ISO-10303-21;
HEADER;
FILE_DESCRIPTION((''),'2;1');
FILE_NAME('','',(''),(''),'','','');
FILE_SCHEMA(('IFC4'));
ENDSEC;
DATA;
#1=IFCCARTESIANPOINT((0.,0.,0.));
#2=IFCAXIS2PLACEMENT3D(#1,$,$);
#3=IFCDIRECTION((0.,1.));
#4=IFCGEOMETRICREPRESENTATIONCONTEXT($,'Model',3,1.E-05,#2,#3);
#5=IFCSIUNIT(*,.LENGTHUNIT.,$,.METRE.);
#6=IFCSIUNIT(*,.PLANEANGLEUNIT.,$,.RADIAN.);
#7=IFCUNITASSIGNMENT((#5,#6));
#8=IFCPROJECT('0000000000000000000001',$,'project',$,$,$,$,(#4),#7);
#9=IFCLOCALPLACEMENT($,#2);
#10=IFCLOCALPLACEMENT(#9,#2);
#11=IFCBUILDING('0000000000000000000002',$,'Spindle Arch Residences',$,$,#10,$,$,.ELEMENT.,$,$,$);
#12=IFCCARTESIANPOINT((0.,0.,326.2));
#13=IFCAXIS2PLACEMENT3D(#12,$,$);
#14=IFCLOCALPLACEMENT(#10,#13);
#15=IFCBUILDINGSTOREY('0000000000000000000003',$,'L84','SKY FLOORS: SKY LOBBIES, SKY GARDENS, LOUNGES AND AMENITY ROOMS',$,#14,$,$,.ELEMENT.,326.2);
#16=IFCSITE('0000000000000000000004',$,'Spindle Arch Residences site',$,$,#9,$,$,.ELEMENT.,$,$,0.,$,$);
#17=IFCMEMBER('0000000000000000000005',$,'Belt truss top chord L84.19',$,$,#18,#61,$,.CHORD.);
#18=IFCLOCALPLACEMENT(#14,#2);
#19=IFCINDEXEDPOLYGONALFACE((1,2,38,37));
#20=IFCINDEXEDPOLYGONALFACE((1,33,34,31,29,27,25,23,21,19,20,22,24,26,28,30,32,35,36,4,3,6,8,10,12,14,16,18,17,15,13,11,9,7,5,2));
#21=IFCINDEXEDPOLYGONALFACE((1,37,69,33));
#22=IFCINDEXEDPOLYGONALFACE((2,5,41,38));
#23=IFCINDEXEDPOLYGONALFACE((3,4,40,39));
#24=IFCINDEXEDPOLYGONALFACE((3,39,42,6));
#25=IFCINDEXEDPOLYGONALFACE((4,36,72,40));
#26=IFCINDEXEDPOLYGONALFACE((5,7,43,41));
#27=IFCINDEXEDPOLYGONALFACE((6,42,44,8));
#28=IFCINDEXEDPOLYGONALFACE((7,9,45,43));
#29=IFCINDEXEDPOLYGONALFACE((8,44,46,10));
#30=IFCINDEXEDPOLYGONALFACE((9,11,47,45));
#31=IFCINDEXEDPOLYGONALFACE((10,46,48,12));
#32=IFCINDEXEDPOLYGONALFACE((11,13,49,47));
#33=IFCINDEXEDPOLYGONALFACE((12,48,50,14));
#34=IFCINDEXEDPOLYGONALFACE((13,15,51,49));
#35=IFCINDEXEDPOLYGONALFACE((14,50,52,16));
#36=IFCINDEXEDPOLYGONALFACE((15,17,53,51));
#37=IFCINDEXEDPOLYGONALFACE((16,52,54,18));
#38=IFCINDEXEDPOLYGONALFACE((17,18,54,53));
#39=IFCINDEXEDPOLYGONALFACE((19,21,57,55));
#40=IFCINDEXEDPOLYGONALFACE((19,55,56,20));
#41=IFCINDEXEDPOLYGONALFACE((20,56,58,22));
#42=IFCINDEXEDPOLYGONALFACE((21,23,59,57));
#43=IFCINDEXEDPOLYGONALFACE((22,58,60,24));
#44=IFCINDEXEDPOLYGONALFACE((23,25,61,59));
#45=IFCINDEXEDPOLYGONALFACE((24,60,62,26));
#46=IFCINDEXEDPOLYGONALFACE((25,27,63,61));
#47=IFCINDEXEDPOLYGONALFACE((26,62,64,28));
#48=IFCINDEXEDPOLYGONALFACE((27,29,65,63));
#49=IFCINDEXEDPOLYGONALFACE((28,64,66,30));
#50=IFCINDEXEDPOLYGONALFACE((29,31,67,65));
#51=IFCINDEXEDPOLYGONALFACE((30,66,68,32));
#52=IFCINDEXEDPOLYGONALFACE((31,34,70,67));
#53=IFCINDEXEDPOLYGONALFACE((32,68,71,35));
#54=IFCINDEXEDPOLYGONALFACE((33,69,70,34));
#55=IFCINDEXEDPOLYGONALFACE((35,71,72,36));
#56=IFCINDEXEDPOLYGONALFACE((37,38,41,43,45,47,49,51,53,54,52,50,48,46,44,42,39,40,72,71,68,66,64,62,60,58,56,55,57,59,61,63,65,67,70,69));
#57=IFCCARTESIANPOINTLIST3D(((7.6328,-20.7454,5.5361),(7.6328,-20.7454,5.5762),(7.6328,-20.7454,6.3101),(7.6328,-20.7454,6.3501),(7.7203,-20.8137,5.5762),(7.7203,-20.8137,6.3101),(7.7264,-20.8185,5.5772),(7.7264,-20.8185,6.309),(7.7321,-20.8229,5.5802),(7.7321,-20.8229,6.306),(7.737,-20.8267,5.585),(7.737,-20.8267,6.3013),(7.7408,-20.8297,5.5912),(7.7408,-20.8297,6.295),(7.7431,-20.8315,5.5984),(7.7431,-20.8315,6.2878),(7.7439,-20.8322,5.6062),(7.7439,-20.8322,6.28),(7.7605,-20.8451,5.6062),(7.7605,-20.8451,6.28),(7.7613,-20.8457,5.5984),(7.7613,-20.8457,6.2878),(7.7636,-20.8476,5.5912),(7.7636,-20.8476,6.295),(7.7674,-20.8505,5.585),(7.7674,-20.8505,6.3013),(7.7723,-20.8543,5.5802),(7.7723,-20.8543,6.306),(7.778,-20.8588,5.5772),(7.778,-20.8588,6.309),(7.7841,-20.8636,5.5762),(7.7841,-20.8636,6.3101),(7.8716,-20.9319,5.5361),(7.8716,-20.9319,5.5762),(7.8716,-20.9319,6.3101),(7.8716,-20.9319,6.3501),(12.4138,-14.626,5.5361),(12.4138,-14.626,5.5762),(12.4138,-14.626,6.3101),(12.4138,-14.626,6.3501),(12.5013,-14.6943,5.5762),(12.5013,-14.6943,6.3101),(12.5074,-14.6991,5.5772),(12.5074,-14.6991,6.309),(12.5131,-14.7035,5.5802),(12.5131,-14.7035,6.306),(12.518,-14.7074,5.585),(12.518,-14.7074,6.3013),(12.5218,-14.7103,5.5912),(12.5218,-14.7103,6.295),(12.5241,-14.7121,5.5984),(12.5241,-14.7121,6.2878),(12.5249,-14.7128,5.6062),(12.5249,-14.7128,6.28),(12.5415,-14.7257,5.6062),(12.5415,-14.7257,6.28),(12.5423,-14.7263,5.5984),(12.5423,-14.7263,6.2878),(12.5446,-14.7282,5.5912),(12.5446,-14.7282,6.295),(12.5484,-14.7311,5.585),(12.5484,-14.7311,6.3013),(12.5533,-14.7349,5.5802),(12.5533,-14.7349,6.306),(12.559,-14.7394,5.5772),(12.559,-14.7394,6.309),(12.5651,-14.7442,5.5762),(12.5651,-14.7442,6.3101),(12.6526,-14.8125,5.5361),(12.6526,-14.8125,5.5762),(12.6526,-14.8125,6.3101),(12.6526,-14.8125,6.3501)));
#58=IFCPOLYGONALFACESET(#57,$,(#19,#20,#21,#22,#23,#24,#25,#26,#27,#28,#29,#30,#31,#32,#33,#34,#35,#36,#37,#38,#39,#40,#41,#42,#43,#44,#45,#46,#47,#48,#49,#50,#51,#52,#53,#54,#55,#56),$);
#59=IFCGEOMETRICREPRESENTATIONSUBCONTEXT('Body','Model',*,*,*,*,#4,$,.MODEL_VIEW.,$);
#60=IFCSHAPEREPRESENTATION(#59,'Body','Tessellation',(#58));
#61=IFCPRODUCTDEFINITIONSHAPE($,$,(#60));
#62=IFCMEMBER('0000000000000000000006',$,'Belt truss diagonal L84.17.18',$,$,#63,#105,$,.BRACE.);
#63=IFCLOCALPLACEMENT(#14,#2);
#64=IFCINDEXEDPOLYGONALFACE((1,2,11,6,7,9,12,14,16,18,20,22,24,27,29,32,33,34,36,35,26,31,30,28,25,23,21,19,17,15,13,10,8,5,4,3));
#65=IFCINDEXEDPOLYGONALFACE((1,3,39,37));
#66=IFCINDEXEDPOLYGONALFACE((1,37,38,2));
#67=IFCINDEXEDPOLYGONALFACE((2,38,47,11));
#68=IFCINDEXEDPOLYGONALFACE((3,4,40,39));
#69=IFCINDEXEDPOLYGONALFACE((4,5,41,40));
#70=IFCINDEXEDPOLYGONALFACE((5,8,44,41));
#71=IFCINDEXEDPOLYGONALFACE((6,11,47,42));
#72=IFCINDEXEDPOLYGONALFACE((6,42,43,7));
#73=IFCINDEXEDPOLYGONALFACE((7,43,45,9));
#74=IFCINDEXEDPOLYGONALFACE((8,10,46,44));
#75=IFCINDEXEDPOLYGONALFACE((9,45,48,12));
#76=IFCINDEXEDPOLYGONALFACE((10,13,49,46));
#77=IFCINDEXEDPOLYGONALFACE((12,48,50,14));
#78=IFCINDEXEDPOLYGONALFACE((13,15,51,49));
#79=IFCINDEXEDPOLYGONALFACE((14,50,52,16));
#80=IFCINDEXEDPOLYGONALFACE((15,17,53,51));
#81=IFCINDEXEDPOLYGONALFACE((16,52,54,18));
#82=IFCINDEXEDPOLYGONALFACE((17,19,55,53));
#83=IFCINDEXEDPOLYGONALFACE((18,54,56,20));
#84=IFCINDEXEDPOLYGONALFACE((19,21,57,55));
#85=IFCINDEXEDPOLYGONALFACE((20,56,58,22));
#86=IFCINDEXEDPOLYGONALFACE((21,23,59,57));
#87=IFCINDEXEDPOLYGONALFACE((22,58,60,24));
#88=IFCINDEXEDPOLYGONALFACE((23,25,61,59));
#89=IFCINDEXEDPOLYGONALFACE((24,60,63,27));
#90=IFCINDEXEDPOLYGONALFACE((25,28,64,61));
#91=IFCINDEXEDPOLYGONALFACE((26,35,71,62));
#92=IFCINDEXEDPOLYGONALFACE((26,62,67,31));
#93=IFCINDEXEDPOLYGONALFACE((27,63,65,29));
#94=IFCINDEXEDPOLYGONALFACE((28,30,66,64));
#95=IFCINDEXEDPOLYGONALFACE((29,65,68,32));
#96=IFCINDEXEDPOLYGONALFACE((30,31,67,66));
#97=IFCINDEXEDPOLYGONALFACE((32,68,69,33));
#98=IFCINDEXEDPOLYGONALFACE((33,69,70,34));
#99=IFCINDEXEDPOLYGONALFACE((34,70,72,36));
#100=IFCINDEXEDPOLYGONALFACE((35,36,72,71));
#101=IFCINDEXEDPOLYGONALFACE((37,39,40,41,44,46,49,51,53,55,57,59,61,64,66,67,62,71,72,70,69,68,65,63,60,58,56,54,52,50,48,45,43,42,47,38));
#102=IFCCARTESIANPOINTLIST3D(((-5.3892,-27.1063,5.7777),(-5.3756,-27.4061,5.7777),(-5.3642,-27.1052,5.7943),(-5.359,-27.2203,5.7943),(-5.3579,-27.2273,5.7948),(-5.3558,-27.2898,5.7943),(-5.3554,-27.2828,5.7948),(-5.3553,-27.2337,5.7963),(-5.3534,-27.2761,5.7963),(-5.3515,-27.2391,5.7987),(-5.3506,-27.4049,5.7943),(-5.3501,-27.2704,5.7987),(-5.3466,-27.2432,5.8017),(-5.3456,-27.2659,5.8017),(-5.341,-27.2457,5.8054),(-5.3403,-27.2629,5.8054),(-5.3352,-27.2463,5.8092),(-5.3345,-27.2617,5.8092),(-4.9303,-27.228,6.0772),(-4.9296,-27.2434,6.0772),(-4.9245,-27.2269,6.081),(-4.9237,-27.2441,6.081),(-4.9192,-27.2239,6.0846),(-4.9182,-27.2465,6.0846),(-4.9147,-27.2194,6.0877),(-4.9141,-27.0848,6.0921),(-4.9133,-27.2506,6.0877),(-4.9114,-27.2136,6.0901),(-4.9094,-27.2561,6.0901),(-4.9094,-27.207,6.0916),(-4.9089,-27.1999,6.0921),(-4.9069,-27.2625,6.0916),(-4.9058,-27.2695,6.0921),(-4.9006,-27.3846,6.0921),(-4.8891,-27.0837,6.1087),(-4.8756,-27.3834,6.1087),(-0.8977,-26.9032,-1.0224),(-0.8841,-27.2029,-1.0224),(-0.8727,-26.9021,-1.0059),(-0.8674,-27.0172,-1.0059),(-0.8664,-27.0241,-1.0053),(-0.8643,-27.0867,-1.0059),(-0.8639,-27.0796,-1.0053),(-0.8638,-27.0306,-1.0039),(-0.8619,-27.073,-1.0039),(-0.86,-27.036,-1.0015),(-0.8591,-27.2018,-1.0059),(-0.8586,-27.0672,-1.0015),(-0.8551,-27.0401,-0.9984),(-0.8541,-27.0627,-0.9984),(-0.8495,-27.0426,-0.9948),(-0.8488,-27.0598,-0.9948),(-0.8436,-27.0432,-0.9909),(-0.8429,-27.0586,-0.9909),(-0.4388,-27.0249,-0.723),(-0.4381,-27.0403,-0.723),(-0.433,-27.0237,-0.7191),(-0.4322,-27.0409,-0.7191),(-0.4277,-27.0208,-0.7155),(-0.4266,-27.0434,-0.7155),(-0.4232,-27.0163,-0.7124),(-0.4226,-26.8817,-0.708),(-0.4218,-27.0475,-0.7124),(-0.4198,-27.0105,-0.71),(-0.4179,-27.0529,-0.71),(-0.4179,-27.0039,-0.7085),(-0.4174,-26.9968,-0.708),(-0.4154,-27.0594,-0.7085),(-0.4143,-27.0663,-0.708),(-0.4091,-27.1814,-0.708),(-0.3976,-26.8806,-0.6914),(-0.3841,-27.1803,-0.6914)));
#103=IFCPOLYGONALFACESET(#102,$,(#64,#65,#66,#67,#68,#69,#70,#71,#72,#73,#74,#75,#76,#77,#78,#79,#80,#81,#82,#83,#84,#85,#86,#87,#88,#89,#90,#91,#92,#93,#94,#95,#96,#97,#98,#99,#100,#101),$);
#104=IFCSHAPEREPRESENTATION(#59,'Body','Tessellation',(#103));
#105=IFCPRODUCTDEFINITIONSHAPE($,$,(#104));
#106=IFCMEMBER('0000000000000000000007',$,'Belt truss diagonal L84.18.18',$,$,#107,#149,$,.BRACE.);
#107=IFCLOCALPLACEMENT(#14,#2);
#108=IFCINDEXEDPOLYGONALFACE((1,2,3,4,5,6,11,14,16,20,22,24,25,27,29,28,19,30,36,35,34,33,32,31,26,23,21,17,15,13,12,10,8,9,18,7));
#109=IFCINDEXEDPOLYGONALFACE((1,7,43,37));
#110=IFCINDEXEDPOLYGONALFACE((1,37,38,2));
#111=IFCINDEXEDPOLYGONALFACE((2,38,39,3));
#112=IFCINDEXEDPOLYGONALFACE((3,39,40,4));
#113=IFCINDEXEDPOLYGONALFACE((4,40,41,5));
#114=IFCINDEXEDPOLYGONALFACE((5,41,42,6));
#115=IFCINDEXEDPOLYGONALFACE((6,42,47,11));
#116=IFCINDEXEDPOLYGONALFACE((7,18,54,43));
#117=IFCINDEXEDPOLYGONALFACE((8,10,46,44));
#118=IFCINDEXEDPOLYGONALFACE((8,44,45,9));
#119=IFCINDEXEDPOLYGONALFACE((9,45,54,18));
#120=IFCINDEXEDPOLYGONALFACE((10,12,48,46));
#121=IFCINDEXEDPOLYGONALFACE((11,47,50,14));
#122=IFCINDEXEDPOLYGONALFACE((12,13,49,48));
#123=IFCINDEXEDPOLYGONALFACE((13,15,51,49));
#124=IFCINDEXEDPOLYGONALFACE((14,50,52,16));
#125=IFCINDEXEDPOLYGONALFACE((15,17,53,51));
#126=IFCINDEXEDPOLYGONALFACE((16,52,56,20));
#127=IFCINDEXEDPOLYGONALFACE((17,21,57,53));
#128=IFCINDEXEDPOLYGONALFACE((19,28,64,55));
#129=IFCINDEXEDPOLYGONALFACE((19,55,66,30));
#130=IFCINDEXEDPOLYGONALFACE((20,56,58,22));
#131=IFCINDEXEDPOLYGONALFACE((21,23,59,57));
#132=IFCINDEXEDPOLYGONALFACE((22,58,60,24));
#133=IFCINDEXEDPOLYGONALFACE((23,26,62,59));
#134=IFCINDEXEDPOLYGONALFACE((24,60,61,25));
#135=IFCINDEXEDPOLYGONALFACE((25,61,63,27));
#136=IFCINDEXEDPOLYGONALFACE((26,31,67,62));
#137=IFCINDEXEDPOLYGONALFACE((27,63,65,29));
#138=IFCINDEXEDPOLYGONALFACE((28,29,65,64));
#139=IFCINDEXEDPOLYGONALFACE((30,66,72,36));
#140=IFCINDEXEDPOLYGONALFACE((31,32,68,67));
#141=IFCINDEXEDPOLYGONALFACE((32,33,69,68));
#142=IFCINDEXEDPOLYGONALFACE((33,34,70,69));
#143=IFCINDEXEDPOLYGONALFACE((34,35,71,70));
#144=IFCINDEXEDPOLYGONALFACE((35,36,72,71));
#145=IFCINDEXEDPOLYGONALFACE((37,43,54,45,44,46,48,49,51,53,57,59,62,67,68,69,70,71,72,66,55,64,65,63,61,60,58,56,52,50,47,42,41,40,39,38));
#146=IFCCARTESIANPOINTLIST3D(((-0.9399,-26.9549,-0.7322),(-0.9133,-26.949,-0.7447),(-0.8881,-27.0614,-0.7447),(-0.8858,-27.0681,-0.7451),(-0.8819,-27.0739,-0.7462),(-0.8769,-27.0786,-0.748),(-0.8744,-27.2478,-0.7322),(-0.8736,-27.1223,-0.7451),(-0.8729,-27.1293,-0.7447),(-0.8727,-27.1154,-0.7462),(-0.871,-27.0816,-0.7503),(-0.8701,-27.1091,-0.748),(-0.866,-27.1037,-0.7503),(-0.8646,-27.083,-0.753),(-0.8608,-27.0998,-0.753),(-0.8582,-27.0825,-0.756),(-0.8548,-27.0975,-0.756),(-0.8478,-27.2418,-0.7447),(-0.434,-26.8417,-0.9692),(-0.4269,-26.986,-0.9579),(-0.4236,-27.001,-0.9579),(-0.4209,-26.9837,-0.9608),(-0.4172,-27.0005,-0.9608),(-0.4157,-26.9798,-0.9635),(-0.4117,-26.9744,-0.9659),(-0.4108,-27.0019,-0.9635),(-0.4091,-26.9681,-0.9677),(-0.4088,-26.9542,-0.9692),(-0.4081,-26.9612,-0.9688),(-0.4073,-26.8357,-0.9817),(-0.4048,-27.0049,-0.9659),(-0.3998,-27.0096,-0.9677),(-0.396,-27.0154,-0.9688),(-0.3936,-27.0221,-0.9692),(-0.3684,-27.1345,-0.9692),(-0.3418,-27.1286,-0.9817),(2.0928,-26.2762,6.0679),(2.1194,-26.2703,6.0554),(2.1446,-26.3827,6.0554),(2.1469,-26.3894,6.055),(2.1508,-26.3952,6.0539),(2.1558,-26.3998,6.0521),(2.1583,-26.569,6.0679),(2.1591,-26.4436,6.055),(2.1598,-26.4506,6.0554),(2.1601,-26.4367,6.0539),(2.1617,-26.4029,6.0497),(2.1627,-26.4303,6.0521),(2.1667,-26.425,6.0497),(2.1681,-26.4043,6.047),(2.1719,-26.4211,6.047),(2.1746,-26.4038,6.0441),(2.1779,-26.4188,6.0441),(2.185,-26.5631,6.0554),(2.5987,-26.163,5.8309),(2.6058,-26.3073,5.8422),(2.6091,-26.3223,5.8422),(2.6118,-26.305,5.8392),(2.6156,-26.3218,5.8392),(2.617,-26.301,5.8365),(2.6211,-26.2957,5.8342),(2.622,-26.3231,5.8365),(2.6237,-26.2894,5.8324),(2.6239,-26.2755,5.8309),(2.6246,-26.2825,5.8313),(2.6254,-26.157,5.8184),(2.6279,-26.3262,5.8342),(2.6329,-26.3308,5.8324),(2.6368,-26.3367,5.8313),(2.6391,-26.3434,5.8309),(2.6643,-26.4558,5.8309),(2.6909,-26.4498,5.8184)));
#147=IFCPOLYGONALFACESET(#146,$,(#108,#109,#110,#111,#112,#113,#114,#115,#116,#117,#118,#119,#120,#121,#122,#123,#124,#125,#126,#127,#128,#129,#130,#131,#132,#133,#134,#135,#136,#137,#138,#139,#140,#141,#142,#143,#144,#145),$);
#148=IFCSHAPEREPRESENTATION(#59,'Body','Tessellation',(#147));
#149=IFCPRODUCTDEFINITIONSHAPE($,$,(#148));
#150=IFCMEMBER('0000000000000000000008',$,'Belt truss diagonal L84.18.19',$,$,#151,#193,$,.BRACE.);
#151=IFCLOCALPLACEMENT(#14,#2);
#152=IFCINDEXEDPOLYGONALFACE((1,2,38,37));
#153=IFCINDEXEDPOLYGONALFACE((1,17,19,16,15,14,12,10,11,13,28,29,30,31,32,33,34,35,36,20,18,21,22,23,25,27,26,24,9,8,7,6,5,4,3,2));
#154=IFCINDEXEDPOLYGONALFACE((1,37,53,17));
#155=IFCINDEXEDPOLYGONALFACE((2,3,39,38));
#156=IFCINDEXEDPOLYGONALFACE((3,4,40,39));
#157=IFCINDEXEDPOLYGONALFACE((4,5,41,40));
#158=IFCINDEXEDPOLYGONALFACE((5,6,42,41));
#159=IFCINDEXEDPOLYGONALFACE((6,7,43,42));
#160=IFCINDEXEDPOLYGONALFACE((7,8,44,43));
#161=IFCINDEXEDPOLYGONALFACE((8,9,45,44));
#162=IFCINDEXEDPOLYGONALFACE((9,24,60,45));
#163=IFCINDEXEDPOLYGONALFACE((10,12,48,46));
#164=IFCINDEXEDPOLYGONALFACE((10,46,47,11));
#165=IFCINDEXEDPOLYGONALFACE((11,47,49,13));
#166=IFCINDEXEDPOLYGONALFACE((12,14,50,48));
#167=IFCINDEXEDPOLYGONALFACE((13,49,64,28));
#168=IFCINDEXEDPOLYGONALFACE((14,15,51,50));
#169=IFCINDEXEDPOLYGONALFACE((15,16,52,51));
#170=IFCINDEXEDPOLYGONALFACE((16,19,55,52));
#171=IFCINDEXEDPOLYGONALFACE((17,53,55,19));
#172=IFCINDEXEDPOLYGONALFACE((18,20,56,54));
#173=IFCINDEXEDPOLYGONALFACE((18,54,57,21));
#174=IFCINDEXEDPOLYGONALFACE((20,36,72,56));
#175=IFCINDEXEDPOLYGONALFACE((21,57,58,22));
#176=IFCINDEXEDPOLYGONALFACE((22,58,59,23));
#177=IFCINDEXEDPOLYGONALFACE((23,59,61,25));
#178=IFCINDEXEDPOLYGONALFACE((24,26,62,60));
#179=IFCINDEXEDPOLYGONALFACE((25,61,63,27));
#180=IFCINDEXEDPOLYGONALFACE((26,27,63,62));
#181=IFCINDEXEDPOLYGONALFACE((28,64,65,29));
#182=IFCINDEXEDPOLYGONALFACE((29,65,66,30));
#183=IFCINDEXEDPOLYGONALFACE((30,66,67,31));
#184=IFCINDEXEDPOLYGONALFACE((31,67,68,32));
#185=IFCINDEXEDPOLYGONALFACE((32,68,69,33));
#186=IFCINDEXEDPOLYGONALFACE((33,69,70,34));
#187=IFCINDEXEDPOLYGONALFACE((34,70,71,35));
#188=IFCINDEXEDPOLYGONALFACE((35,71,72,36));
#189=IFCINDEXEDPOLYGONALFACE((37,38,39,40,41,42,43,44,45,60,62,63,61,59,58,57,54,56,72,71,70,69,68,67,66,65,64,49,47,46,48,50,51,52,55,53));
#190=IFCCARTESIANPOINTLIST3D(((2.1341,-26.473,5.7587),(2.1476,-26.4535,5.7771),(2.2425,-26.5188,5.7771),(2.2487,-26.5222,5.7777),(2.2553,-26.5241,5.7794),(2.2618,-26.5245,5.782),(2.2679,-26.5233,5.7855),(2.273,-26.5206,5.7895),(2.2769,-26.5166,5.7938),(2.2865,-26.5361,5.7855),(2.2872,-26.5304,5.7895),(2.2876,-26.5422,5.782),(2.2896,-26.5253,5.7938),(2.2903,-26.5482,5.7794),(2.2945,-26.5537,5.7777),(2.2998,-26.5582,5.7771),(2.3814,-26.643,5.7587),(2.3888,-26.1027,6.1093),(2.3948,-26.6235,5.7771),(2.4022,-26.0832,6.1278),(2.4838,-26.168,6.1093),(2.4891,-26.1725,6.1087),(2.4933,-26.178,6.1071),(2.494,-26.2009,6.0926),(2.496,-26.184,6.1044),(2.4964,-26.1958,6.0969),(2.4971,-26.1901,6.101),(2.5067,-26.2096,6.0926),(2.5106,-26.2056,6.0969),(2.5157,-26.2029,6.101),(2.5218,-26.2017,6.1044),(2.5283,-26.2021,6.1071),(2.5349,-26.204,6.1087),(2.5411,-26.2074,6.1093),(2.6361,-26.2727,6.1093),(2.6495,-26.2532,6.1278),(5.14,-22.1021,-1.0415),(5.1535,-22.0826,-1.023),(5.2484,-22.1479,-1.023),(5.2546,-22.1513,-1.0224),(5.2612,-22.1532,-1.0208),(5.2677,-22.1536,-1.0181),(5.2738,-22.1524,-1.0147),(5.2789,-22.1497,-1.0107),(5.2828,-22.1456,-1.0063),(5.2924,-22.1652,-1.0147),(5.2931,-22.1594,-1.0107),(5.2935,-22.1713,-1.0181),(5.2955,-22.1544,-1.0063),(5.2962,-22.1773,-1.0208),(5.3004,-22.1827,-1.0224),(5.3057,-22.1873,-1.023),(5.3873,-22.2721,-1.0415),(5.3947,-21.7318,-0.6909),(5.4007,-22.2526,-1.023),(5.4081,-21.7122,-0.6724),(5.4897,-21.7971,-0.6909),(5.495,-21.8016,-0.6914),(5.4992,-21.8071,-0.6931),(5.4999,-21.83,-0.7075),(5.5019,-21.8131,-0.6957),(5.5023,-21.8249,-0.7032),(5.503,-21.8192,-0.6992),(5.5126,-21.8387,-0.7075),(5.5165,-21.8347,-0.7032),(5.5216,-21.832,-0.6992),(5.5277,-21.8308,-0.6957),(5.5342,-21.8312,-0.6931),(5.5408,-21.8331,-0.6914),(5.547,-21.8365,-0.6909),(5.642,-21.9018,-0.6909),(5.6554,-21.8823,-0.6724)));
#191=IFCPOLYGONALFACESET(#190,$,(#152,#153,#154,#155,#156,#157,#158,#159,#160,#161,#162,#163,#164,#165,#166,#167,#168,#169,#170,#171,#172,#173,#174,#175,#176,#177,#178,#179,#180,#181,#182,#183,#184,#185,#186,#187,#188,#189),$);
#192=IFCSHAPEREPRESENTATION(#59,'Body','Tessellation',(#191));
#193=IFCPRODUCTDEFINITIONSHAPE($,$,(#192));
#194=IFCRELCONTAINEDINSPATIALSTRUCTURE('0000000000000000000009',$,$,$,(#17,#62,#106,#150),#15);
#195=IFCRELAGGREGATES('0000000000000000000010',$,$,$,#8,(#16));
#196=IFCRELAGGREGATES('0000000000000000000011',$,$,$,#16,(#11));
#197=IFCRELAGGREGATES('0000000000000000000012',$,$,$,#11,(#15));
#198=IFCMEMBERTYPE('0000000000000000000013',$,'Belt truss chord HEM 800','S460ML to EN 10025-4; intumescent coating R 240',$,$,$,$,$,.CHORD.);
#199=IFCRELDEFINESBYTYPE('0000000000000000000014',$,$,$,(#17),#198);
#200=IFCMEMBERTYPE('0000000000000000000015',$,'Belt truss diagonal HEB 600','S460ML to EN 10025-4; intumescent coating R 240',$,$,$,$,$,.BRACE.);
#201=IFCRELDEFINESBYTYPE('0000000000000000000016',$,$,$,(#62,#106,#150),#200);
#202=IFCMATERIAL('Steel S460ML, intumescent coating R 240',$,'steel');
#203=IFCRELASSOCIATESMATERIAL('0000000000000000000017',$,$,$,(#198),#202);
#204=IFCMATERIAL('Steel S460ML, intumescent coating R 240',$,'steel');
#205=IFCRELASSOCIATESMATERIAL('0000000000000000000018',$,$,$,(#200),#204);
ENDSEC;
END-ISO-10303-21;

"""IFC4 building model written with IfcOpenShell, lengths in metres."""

from ifc_helpers import new_model, si_unit, direction, frame, origin, origin_2d, place, context, subcontext, project, spatial, i_section, extrude, material, material_profile, profile_set, type_object, element, save


model = new_model("IFC4")

# Units and contexts
model_context = context("Model", 3, precision=1e-05, world=origin(), true_north=direction((0.0, 1.0)))
body_context = subcontext(model_context, "Body", "Model", "MODEL_VIEW")
ifc_project = project(units=[si_unit("LENGTHUNIT", "METRE"), si_unit("PLANEANGLEUNIT", "RADIAN")], contexts=[model_context])

# Site, building, storey
site_placement = place(None, origin())
site = spatial("IfcSite", under=ifc_project, at=site_placement, Name="Spindle Arch Residences site", CompositionType="ELEMENT", RefElevation=0.0)
building_placement = place(site_placement, origin())
building = spatial("IfcBuilding", under=site, at=building_placement, Name="Spindle Arch Residences", CompositionType="ELEMENT")
storey_placement = place(building_placement, frame((0.0, 0.0, 326.2)))
storey = spatial("IfcBuildingStorey", under=building, at=storey_placement, Name="L84", Description="SKY FLOORS: SKY LOBBIES, SKY GARDENS, LOUNGES AND AMENITY ROOMS", CompositionType="ELEMENT", Elevation=326.2)

# Members
ifc_material_1 = material(Name="Steel S460ML, intumescent coating R 240", Category="steel")
ifc_material_profile_1 = material_profile(ifc_material_1, i_section(OverallWidth=0.303, OverallDepth=0.814, WebThickness=0.021, FlangeThickness=0.04, FilletRadius=0.03, at=origin_2d()), Name="HEM 800")
ifc_profile_set_1 = profile_set([ifc_material_profile_1], Name="Steel S460ML, intumescent coating R 240")
member_type_1 = type_object("IfcMemberType", Name="Belt truss chord HEM 800", Description="S460ML to EN 10025-4; intumescent coating R 240", PredefinedType="CHORD", material=ifc_profile_set_1)
member_1_placement = place(storey_placement, frame((7.7522, -20.8386, 5.9431), z_axis=(0.615663, 0.78801, 0.0), x_axis=(-0.78801, 0.615663, 0.0)))
element("IfcMember", 1, at=member_1_placement, inside=storey, type_object=member_type_1, Name="Belt truss top chord L84.19", PredefinedType="CHORD", context=body_context, shape_type="SweptSolid", body=[
    extrude(i_section(OverallWidth=0.303, OverallDepth=0.814, WebThickness=0.021, FlangeThickness=0.04, FilletRadius=0.03, at=origin_2d()), origin(), (0.0, 0.0, 1.0), 7.7656),
])
ifc_material_2 = material(Name="Steel S460ML, intumescent coating R 240", Category="steel")
ifc_material_profile_2 = material_profile(ifc_material_2, i_section(OverallWidth=0.3, OverallDepth=0.6001, WebThickness=0.0154, FlangeThickness=0.03, FilletRadius=0.0271, at=origin_2d()), Name="HEB 600")
ifc_profile_set_2 = profile_set([ifc_material_profile_2], Name="Steel S460ML, intumescent coating R 240")
member_type_2 = type_object("IfcMemberType", Name="Belt truss diagonal HEB 600", Description="S460ML to EN 10025-4; intumescent coating R 240", PredefinedType="BRACE", material=ifc_profile_set_2)
member_2_placement = place(storey_placement, frame((-0.6409, -27.0417, -0.8569), z_axis=(-0.550964, -0.024917, 0.834157), x_axis=(0.045179, -0.998979, 0.0)))
element("IfcMember", 2, at=member_2_placement, inside=storey, type_object=member_type_2, Name="Belt truss diagonal L84.17.18", PredefinedType="BRACE", context=body_context, shape_type="SweptSolid", body=[
    extrude(i_section(OverallWidth=0.3, OverallDepth=0.6001, WebThickness=0.0154, FlangeThickness=0.03, FilletRadius=0.0271, at=origin_2d()), origin(), (0.0, 0.0, 1.0), 8.1521),
])
member_3_placement = place(storey_placement, frame((-0.6409, -27.0417, -0.8569), z_axis=(0.405631, 0.090779, 0.909518), x_axis=(-0.218394, 0.975861, 0.0)))
element("IfcMember", 3, at=member_3_placement, inside=storey, type_object=member_type_2, Name="Belt truss diagonal L84.18.18", PredefinedType="BRACE", context=body_context, shape_type="SweptSolid", body=[
    extrude(i_section(OverallWidth=0.3, OverallDepth=0.6001, WebThickness=0.0154, FlangeThickness=0.03, FilletRadius=0.0271, at=origin_2d()), origin(), (0.0, 0.0, 1.0), 7.4766),
])
member_4_placement = place(storey_placement, frame((5.3977, -21.9922, -0.8569), z_axis=(-0.34853, -0.506801, 0.788467), x_axis=(0.823963, -0.566644, 0.0)))
element("IfcMember", 4, at=member_4_placement, inside=storey, type_object=member_type_2, Name="Belt truss diagonal L84.18.19", PredefinedType="BRACE", context=body_context, shape_type="SweptSolid", body=[
    extrude(i_section(OverallWidth=0.3, OverallDepth=0.6001, WebThickness=0.0154, FlangeThickness=0.03, FilletRadius=0.0271, at=origin_2d()), origin(), (0.0, 0.0, 1.0), 8.6245),
])

save(model, "model.ifc")
